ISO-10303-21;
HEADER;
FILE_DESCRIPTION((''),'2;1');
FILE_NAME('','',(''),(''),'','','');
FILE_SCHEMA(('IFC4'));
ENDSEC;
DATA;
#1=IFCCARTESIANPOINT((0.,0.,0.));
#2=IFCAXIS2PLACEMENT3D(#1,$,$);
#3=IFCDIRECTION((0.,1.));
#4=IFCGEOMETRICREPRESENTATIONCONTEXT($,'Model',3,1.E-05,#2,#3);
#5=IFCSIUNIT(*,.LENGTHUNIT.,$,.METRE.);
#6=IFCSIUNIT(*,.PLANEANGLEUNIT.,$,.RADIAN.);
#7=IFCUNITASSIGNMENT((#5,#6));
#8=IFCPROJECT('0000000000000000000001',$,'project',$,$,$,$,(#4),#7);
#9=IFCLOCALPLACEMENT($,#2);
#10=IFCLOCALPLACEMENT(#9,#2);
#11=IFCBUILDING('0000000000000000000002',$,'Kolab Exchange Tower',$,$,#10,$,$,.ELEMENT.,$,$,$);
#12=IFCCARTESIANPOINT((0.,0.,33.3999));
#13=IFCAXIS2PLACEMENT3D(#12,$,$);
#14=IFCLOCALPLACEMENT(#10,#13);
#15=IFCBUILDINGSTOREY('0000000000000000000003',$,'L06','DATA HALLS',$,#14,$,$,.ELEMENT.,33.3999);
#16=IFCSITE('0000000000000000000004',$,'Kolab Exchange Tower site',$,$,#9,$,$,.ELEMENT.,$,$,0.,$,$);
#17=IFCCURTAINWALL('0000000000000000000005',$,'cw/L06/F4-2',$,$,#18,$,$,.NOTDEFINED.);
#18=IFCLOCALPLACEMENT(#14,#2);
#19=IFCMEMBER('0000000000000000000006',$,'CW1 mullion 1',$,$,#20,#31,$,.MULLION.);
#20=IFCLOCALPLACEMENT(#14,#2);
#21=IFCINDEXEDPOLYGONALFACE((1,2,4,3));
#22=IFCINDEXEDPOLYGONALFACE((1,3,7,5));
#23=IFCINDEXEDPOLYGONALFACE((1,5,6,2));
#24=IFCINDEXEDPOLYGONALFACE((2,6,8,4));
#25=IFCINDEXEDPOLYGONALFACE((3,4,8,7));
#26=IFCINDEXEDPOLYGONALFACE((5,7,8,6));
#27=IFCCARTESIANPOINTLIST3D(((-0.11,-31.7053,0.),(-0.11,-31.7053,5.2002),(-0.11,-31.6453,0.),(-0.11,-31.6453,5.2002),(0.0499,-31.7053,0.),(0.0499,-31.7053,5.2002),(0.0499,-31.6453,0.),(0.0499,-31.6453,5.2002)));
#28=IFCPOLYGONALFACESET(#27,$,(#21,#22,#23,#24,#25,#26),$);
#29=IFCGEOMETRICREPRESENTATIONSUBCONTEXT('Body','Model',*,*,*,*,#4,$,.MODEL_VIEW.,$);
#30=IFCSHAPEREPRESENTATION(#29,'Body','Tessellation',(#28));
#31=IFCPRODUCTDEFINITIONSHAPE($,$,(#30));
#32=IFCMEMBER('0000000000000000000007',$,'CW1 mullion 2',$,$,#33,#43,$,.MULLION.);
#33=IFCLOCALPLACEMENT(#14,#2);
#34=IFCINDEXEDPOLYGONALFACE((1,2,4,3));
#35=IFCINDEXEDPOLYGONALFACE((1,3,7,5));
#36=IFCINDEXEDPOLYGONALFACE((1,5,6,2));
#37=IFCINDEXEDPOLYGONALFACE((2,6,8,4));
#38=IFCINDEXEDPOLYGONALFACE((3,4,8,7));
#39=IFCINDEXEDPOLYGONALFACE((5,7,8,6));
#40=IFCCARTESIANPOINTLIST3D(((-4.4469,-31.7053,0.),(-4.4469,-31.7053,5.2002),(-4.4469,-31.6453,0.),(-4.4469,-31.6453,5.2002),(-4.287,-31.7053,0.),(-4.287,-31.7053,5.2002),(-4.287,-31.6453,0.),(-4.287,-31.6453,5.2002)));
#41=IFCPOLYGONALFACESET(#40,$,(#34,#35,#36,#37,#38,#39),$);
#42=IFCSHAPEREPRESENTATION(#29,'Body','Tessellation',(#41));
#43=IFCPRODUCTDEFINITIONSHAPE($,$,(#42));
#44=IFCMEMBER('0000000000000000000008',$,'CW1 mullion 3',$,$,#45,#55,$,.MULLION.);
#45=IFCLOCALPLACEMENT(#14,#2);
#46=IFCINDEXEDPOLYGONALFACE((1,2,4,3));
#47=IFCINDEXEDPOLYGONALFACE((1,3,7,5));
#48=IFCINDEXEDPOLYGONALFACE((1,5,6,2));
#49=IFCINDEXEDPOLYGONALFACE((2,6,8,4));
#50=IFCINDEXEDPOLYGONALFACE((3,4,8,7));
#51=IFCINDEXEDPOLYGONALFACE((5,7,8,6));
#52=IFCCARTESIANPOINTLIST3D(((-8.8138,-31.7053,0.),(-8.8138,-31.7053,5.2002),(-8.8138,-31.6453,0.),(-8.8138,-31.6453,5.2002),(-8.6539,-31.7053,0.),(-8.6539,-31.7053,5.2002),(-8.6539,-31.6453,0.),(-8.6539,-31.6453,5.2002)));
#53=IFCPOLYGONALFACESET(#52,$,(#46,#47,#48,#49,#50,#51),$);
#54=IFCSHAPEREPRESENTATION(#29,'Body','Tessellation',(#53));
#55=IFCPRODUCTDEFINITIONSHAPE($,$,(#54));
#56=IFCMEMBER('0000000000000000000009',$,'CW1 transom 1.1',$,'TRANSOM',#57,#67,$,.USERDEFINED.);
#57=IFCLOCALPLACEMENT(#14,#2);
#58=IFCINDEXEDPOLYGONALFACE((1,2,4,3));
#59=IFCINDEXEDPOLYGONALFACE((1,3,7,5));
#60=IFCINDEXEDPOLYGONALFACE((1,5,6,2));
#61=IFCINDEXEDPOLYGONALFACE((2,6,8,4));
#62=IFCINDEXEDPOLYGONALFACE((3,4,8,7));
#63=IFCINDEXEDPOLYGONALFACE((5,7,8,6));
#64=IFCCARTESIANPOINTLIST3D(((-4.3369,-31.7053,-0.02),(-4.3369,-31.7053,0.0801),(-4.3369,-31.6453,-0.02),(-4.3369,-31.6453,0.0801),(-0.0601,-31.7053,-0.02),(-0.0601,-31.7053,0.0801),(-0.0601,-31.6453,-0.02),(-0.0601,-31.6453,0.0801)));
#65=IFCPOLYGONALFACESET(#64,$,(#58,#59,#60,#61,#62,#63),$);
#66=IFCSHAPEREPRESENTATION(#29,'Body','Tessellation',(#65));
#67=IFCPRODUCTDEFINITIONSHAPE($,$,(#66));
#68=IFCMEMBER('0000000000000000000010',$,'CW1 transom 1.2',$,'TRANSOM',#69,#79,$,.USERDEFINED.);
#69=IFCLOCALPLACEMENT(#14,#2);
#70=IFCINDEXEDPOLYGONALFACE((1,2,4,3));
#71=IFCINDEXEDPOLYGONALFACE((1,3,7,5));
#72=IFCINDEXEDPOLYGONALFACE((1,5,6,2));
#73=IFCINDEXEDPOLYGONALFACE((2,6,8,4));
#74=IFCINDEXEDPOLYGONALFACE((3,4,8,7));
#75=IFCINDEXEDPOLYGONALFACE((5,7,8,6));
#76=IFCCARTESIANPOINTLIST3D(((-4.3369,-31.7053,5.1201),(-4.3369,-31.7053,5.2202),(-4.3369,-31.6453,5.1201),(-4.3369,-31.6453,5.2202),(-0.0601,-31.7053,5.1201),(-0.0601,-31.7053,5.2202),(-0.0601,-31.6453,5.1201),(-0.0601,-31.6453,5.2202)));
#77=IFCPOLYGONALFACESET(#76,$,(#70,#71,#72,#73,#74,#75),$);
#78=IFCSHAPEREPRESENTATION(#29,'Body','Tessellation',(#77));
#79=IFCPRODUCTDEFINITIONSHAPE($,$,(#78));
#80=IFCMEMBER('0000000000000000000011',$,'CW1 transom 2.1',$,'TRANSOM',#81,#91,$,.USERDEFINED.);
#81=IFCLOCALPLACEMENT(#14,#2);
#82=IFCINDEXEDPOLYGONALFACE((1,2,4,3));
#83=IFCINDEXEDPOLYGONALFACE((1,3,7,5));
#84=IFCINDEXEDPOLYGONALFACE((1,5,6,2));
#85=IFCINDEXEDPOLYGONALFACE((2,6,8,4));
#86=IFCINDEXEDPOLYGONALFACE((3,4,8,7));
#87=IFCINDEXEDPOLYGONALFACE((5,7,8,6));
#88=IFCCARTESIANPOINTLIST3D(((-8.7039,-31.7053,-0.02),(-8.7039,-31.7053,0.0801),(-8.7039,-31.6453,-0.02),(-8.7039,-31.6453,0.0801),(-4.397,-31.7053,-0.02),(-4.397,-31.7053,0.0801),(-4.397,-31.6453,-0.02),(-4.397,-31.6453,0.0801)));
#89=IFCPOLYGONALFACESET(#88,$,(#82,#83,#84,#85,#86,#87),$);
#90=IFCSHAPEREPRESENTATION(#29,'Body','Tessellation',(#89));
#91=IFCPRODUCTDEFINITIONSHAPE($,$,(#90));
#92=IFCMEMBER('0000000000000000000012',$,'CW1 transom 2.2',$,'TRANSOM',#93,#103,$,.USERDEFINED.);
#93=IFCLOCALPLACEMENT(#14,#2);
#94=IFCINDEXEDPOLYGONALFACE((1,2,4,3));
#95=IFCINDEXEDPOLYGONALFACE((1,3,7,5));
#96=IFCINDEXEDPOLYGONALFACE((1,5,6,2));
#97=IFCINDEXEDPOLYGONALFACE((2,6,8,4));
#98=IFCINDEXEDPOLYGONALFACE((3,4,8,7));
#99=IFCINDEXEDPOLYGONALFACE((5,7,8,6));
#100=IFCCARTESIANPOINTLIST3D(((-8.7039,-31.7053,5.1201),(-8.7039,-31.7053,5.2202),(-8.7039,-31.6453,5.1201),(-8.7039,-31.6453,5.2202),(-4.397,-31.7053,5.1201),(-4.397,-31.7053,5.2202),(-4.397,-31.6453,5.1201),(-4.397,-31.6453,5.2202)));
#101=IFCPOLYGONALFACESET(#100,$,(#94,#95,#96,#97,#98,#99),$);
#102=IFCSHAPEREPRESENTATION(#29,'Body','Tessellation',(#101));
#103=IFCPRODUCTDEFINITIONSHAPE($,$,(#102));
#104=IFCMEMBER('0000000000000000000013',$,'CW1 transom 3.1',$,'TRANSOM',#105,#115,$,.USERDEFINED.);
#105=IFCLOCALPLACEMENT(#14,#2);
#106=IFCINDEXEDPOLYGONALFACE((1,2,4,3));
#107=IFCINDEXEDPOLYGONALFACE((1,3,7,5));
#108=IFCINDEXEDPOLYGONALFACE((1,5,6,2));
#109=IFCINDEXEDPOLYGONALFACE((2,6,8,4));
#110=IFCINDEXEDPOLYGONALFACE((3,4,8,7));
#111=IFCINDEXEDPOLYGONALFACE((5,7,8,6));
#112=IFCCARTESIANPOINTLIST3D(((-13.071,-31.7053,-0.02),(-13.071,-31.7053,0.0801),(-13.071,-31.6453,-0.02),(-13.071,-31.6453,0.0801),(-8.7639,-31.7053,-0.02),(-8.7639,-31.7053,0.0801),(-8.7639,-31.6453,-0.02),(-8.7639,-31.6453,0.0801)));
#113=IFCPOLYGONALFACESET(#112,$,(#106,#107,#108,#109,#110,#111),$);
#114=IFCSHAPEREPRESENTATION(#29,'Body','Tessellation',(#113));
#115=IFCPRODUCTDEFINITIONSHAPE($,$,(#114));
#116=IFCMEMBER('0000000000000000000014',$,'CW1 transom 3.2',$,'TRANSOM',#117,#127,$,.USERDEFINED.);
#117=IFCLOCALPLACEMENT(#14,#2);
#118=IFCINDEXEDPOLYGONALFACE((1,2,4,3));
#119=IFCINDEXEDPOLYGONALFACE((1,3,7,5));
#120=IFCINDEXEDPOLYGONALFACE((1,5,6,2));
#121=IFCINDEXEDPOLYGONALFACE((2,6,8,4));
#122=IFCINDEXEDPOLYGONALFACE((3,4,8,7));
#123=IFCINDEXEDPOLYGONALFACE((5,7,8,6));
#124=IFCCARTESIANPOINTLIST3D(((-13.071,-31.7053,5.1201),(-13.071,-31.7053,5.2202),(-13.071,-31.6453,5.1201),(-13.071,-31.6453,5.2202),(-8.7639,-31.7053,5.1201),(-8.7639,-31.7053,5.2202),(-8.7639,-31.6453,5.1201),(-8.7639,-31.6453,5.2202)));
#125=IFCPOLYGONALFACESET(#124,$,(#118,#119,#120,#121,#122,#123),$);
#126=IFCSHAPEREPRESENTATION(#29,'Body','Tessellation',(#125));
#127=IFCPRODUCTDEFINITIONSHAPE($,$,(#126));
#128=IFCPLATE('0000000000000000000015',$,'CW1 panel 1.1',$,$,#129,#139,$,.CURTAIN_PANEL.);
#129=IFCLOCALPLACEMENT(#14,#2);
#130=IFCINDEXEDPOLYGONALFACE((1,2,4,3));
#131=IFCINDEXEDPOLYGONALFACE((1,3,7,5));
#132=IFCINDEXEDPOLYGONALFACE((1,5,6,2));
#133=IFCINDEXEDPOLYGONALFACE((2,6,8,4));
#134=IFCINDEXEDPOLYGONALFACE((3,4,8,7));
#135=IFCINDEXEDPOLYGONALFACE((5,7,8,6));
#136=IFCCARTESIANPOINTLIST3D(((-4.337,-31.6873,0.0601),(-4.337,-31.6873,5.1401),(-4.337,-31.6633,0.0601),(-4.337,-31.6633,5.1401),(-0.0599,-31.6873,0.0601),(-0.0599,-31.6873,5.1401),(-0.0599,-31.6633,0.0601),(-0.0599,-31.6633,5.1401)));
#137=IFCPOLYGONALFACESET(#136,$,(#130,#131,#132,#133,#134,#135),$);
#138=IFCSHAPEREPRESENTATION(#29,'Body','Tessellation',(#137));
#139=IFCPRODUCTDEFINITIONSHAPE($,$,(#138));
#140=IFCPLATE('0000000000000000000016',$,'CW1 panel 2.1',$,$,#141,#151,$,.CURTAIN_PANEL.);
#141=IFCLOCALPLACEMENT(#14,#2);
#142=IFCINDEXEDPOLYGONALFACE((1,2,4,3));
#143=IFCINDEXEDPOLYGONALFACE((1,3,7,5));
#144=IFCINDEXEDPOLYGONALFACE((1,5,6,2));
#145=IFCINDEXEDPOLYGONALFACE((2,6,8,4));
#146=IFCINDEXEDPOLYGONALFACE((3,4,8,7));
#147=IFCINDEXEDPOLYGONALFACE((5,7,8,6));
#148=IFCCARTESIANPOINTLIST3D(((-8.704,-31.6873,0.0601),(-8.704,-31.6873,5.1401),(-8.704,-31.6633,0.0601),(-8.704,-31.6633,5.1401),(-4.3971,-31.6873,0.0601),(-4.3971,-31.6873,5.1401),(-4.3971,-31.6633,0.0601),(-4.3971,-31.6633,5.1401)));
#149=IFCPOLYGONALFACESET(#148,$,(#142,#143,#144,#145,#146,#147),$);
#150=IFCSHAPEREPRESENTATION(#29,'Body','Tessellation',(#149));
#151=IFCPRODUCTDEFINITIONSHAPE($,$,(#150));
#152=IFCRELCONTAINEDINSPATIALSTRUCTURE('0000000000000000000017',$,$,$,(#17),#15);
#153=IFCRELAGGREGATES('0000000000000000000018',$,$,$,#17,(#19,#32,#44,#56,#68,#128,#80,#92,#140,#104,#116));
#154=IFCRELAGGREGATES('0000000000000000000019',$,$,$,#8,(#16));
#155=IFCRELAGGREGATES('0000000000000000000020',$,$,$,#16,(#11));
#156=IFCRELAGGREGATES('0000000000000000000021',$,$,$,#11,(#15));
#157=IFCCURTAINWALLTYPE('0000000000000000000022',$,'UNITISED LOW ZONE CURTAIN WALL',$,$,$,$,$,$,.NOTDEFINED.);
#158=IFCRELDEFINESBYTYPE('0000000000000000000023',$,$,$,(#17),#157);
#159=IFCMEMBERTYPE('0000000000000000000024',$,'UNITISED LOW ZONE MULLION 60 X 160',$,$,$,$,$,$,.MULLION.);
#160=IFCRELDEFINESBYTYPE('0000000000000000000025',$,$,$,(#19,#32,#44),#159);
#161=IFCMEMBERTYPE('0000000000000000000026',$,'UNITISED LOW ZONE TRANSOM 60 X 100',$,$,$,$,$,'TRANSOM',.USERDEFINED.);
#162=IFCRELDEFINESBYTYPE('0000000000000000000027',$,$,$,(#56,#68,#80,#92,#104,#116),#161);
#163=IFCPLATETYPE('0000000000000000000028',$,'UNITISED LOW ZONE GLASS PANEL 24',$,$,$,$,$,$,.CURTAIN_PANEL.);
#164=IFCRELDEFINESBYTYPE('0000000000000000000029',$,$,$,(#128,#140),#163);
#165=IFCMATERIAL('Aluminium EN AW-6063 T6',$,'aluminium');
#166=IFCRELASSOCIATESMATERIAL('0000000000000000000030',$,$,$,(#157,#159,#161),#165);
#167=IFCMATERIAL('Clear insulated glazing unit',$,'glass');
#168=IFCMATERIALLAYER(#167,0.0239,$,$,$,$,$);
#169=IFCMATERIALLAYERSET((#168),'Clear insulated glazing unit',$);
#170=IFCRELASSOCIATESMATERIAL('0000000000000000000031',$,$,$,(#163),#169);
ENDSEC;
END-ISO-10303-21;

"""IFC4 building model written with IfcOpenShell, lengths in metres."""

from ifc_helpers import new_model, si_unit, direction, frame, origin, origin_2d, place, context, subcontext, project, spatial, rectangle, extrude, material, layer, layer_set, material_profile, profile_set, type_object, element, aggregate, save


model = new_model("IFC4")

# Units and contexts
model_context = context("Model", 3, precision=1e-05, world=origin(), true_north=direction((0.0, 1.0)))
body_context = subcontext(model_context, "Body", "Model", "MODEL_VIEW")
ifc_project = project(units=[si_unit("LENGTHUNIT", "METRE"), si_unit("PLANEANGLEUNIT", "RADIAN")], contexts=[model_context])

# Site, building, storey
site_placement = place(None, origin())
site = spatial("IfcSite", under=ifc_project, at=site_placement, Name="Kolab Exchange Tower site", CompositionType="ELEMENT", RefElevation=0.0)
building_placement = place(site_placement, origin())
building = spatial("IfcBuilding", under=site, at=building_placement, Name="Kolab Exchange Tower", CompositionType="ELEMENT")
storey_placement = place(building_placement, frame((0.0, 0.0, 33.3999)))
storey = spatial("IfcBuildingStorey", under=building, at=storey_placement, Name="L06", Description="DATA HALLS", CompositionType="ELEMENT", Elevation=33.3999)

# Curtain wall, members, plates
ifc_material_1 = material(Name="Aluminium EN AW-6063 T6", Category="aluminium")
curtain_wall_type = type_object("IfcCurtainWallType", Name="UNITISED LOW ZONE CURTAIN WALL", PredefinedType="NOTDEFINED", material=ifc_material_1)
curtain_wall_placement = place(storey_placement, origin())
curtain_wall = element("IfcCurtainWall", 1, at=curtain_wall_placement, inside=storey, type_object=curtain_wall_type, Name="cw/L06/F4-2", PredefinedType="NOTDEFINED")
ifc_material_profile_1 = material_profile(ifc_material_1, rectangle(XDim=0.0601, YDim=0.1599, at=origin_2d()), Name="RECT 60X160")
ifc_profile_set_1 = profile_set([ifc_material_profile_1], Name="Aluminium EN AW-6063 T6")
member_type_1 = type_object("IfcMemberType", Name="UNITISED LOW ZONE MULLION 60 X 160", PredefinedType="MULLION", material=ifc_profile_set_1)
member_1_placement = place(storey_placement, frame((-0.03, -31.6753, 0.0), z_axis=(0.0, 0.0, 1.0), x_axis=(0.0, -1.0, 0.0)))
member_1 = element("IfcMember", 2, at=member_1_placement, type_object=member_type_1, Name="CW1 mullion 1", PredefinedType="MULLION", context=body_context, shape_type="SweptSolid", body=[
    extrude(rectangle(XDim=0.0601, YDim=0.1599, at=origin_2d()), origin(), (0.0, 0.0, 1.0), 5.2002),
])
member_2_placement = place(storey_placement, frame((-4.3669, -31.6753, 0.0), z_axis=(0.0, 0.0, 1.0), x_axis=(0.0, -1.0, 0.0)))
member_2 = element("IfcMember", 3, at=member_2_placement, type_object=member_type_1, Name="CW1 mullion 2", PredefinedType="MULLION", context=body_context, shape_type="SweptSolid", body=[
    extrude(rectangle(XDim=0.0601, YDim=0.1599, at=origin_2d()), origin(), (0.0, 0.0, 1.0), 5.2002),
])
member_3_placement = place(storey_placement, frame((-8.7339, -31.6753, 0.0), z_axis=(0.0, 0.0, 1.0), x_axis=(0.0, -1.0, 0.0)))
member_3 = element("IfcMember", 4, at=member_3_placement, type_object=member_type_1, Name="CW1 mullion 3", PredefinedType="MULLION", context=body_context, shape_type="SweptSolid", body=[
    extrude(rectangle(XDim=0.0601, YDim=0.1599, at=origin_2d()), origin(), (0.0, 0.0, 1.0), 5.2002),
])
ifc_material_profile_2 = material_profile(ifc_material_1, rectangle(XDim=0.0601, YDim=0.1001, at=origin_2d()), Name="RECT 60X100")
ifc_profile_set_2 = profile_set([ifc_material_profile_2], Name="Aluminium EN AW-6063 T6")
member_type_2 = type_object("IfcMemberType", Name="UNITISED LOW ZONE TRANSOM 60 X 100", ElementType="TRANSOM", PredefinedType="USERDEFINED", material=ifc_profile_set_2)
member_4_placement = place(storey_placement, frame((-0.0601, -31.6753, 0.03), z_axis=(-1.0, 0.0, 0.0), x_axis=(0.0, -1.0, 0.0)))
member_4 = element("IfcMember", 5, at=member_4_placement, type_object=member_type_2, Name="CW1 transom 1.1", ObjectType="TRANSOM", PredefinedType="USERDEFINED", context=body_context, shape_type="SweptSolid", body=[
    extrude(rectangle(XDim=0.0601, YDim=0.1001, at=origin_2d()), origin(), (0.0, 0.0, 1.0), 4.2769),
])
member_5_placement = place(storey_placement, frame((-0.0601, -31.6753, 5.1702), z_axis=(-1.0, 0.0, 0.0), x_axis=(0.0, -1.0, 0.0)))
member_5 = element("IfcMember", 6, at=member_5_placement, type_object=member_type_2, Name="CW1 transom 1.2", ObjectType="TRANSOM", PredefinedType="USERDEFINED", context=body_context, shape_type="SweptSolid", body=[
    extrude(rectangle(XDim=0.0601, YDim=0.1001, at=origin_2d()), origin(), (0.0, 0.0, 1.0), 4.2769),
])
member_6_placement = place(storey_placement, frame((-4.397, -31.6753, 0.03), z_axis=(-1.0, 0.0, 0.0), x_axis=(0.0, -1.0, 0.0)))
member_6 = element("IfcMember", 7, at=member_6_placement, type_object=member_type_2, Name="CW1 transom 2.1", ObjectType="TRANSOM", PredefinedType="USERDEFINED", context=body_context, shape_type="SweptSolid", body=[
    extrude(rectangle(XDim=0.0601, YDim=0.1001, at=origin_2d()), origin(), (0.0, 0.0, 1.0), 4.3069),
])
member_7_placement = place(storey_placement, frame((-4.397, -31.6753, 5.1702), z_axis=(-1.0, 0.0, 0.0), x_axis=(0.0, -1.0, 0.0)))
member_7 = element("IfcMember", 8, at=member_7_placement, type_object=member_type_2, Name="CW1 transom 2.2", ObjectType="TRANSOM", PredefinedType="USERDEFINED", context=body_context, shape_type="SweptSolid", body=[
    extrude(rectangle(XDim=0.0601, YDim=0.1001, at=origin_2d()), origin(), (0.0, 0.0, 1.0), 4.3069),
])
member_8_placement = place(storey_placement, frame((-8.7639, -31.6753, 0.03), z_axis=(-1.0, 0.0, 0.0), x_axis=(0.0, -1.0, 0.0)))
member_8 = element("IfcMember", 9, at=member_8_placement, type_object=member_type_2, Name="CW1 transom 3.1", ObjectType="TRANSOM", PredefinedType="USERDEFINED", context=body_context, shape_type="SweptSolid", body=[
    extrude(rectangle(XDim=0.0601, YDim=0.1001, at=origin_2d()), origin(), (0.0, 0.0, 1.0), 4.3071),
])
member_9_placement = place(storey_placement, frame((-8.7639, -31.6753, 5.1702), z_axis=(-1.0, 0.0, 0.0), x_axis=(0.0, -1.0, 0.0)))
member_9 = element("IfcMember", 10, at=member_9_placement, type_object=member_type_2, Name="CW1 transom 3.2", ObjectType="TRANSOM", PredefinedType="USERDEFINED", context=body_context, shape_type="SweptSolid", body=[
    extrude(rectangle(XDim=0.0601, YDim=0.1001, at=origin_2d()), origin(), (0.0, 0.0, 1.0), 4.3071),
])
ifc_material_2 = material(Name="Clear insulated glazing unit", Category="glass")
ifc_layer = layer(ifc_material_2, 0.0239)
ifc_layer_set = layer_set([ifc_layer], Name="Clear insulated glazing unit")
plate_type = type_object("IfcPlateType", Name="UNITISED LOW ZONE GLASS PANEL 24", PredefinedType="CURTAIN_PANEL", material=ifc_layer_set)
plate_1_placement = place(storey_placement, frame((-2.1985, -31.6753, 0.0601), z_axis=(0.0, 0.0, 1.0), x_axis=(-1.0, 0.0, 0.0)))
plate_1 = element("IfcPlate", 11, at=plate_1_placement, type_object=plate_type, Name="CW1 panel 1.1", PredefinedType="CURTAIN_PANEL", context=body_context, shape_type="SweptSolid", body=[
    extrude(rectangle(XDim=4.2771, YDim=0.0239, at=origin_2d()), origin(), (0.0, 0.0, 1.0), 5.0801),
])
plate_2_placement = place(storey_placement, frame((-6.5505, -31.6753, 0.0601), z_axis=(0.0, 0.0, 1.0), x_axis=(-1.0, 0.0, 0.0)))
plate_2 = element("IfcPlate", 12, at=plate_2_placement, type_object=plate_type, Name="CW1 panel 2.1", PredefinedType="CURTAIN_PANEL", context=body_context, shape_type="SweptSolid", body=[
    extrude(rectangle(XDim=4.3069, YDim=0.0239, at=origin_2d()), origin(), (0.0, 0.0, 1.0), 5.0801),
])
aggregate(curtain_wall, [member_1, member_2, member_3, member_4, member_5, plate_1, member_6, member_7, plate_2, member_8, member_9])

save(model, "model.ifc")
